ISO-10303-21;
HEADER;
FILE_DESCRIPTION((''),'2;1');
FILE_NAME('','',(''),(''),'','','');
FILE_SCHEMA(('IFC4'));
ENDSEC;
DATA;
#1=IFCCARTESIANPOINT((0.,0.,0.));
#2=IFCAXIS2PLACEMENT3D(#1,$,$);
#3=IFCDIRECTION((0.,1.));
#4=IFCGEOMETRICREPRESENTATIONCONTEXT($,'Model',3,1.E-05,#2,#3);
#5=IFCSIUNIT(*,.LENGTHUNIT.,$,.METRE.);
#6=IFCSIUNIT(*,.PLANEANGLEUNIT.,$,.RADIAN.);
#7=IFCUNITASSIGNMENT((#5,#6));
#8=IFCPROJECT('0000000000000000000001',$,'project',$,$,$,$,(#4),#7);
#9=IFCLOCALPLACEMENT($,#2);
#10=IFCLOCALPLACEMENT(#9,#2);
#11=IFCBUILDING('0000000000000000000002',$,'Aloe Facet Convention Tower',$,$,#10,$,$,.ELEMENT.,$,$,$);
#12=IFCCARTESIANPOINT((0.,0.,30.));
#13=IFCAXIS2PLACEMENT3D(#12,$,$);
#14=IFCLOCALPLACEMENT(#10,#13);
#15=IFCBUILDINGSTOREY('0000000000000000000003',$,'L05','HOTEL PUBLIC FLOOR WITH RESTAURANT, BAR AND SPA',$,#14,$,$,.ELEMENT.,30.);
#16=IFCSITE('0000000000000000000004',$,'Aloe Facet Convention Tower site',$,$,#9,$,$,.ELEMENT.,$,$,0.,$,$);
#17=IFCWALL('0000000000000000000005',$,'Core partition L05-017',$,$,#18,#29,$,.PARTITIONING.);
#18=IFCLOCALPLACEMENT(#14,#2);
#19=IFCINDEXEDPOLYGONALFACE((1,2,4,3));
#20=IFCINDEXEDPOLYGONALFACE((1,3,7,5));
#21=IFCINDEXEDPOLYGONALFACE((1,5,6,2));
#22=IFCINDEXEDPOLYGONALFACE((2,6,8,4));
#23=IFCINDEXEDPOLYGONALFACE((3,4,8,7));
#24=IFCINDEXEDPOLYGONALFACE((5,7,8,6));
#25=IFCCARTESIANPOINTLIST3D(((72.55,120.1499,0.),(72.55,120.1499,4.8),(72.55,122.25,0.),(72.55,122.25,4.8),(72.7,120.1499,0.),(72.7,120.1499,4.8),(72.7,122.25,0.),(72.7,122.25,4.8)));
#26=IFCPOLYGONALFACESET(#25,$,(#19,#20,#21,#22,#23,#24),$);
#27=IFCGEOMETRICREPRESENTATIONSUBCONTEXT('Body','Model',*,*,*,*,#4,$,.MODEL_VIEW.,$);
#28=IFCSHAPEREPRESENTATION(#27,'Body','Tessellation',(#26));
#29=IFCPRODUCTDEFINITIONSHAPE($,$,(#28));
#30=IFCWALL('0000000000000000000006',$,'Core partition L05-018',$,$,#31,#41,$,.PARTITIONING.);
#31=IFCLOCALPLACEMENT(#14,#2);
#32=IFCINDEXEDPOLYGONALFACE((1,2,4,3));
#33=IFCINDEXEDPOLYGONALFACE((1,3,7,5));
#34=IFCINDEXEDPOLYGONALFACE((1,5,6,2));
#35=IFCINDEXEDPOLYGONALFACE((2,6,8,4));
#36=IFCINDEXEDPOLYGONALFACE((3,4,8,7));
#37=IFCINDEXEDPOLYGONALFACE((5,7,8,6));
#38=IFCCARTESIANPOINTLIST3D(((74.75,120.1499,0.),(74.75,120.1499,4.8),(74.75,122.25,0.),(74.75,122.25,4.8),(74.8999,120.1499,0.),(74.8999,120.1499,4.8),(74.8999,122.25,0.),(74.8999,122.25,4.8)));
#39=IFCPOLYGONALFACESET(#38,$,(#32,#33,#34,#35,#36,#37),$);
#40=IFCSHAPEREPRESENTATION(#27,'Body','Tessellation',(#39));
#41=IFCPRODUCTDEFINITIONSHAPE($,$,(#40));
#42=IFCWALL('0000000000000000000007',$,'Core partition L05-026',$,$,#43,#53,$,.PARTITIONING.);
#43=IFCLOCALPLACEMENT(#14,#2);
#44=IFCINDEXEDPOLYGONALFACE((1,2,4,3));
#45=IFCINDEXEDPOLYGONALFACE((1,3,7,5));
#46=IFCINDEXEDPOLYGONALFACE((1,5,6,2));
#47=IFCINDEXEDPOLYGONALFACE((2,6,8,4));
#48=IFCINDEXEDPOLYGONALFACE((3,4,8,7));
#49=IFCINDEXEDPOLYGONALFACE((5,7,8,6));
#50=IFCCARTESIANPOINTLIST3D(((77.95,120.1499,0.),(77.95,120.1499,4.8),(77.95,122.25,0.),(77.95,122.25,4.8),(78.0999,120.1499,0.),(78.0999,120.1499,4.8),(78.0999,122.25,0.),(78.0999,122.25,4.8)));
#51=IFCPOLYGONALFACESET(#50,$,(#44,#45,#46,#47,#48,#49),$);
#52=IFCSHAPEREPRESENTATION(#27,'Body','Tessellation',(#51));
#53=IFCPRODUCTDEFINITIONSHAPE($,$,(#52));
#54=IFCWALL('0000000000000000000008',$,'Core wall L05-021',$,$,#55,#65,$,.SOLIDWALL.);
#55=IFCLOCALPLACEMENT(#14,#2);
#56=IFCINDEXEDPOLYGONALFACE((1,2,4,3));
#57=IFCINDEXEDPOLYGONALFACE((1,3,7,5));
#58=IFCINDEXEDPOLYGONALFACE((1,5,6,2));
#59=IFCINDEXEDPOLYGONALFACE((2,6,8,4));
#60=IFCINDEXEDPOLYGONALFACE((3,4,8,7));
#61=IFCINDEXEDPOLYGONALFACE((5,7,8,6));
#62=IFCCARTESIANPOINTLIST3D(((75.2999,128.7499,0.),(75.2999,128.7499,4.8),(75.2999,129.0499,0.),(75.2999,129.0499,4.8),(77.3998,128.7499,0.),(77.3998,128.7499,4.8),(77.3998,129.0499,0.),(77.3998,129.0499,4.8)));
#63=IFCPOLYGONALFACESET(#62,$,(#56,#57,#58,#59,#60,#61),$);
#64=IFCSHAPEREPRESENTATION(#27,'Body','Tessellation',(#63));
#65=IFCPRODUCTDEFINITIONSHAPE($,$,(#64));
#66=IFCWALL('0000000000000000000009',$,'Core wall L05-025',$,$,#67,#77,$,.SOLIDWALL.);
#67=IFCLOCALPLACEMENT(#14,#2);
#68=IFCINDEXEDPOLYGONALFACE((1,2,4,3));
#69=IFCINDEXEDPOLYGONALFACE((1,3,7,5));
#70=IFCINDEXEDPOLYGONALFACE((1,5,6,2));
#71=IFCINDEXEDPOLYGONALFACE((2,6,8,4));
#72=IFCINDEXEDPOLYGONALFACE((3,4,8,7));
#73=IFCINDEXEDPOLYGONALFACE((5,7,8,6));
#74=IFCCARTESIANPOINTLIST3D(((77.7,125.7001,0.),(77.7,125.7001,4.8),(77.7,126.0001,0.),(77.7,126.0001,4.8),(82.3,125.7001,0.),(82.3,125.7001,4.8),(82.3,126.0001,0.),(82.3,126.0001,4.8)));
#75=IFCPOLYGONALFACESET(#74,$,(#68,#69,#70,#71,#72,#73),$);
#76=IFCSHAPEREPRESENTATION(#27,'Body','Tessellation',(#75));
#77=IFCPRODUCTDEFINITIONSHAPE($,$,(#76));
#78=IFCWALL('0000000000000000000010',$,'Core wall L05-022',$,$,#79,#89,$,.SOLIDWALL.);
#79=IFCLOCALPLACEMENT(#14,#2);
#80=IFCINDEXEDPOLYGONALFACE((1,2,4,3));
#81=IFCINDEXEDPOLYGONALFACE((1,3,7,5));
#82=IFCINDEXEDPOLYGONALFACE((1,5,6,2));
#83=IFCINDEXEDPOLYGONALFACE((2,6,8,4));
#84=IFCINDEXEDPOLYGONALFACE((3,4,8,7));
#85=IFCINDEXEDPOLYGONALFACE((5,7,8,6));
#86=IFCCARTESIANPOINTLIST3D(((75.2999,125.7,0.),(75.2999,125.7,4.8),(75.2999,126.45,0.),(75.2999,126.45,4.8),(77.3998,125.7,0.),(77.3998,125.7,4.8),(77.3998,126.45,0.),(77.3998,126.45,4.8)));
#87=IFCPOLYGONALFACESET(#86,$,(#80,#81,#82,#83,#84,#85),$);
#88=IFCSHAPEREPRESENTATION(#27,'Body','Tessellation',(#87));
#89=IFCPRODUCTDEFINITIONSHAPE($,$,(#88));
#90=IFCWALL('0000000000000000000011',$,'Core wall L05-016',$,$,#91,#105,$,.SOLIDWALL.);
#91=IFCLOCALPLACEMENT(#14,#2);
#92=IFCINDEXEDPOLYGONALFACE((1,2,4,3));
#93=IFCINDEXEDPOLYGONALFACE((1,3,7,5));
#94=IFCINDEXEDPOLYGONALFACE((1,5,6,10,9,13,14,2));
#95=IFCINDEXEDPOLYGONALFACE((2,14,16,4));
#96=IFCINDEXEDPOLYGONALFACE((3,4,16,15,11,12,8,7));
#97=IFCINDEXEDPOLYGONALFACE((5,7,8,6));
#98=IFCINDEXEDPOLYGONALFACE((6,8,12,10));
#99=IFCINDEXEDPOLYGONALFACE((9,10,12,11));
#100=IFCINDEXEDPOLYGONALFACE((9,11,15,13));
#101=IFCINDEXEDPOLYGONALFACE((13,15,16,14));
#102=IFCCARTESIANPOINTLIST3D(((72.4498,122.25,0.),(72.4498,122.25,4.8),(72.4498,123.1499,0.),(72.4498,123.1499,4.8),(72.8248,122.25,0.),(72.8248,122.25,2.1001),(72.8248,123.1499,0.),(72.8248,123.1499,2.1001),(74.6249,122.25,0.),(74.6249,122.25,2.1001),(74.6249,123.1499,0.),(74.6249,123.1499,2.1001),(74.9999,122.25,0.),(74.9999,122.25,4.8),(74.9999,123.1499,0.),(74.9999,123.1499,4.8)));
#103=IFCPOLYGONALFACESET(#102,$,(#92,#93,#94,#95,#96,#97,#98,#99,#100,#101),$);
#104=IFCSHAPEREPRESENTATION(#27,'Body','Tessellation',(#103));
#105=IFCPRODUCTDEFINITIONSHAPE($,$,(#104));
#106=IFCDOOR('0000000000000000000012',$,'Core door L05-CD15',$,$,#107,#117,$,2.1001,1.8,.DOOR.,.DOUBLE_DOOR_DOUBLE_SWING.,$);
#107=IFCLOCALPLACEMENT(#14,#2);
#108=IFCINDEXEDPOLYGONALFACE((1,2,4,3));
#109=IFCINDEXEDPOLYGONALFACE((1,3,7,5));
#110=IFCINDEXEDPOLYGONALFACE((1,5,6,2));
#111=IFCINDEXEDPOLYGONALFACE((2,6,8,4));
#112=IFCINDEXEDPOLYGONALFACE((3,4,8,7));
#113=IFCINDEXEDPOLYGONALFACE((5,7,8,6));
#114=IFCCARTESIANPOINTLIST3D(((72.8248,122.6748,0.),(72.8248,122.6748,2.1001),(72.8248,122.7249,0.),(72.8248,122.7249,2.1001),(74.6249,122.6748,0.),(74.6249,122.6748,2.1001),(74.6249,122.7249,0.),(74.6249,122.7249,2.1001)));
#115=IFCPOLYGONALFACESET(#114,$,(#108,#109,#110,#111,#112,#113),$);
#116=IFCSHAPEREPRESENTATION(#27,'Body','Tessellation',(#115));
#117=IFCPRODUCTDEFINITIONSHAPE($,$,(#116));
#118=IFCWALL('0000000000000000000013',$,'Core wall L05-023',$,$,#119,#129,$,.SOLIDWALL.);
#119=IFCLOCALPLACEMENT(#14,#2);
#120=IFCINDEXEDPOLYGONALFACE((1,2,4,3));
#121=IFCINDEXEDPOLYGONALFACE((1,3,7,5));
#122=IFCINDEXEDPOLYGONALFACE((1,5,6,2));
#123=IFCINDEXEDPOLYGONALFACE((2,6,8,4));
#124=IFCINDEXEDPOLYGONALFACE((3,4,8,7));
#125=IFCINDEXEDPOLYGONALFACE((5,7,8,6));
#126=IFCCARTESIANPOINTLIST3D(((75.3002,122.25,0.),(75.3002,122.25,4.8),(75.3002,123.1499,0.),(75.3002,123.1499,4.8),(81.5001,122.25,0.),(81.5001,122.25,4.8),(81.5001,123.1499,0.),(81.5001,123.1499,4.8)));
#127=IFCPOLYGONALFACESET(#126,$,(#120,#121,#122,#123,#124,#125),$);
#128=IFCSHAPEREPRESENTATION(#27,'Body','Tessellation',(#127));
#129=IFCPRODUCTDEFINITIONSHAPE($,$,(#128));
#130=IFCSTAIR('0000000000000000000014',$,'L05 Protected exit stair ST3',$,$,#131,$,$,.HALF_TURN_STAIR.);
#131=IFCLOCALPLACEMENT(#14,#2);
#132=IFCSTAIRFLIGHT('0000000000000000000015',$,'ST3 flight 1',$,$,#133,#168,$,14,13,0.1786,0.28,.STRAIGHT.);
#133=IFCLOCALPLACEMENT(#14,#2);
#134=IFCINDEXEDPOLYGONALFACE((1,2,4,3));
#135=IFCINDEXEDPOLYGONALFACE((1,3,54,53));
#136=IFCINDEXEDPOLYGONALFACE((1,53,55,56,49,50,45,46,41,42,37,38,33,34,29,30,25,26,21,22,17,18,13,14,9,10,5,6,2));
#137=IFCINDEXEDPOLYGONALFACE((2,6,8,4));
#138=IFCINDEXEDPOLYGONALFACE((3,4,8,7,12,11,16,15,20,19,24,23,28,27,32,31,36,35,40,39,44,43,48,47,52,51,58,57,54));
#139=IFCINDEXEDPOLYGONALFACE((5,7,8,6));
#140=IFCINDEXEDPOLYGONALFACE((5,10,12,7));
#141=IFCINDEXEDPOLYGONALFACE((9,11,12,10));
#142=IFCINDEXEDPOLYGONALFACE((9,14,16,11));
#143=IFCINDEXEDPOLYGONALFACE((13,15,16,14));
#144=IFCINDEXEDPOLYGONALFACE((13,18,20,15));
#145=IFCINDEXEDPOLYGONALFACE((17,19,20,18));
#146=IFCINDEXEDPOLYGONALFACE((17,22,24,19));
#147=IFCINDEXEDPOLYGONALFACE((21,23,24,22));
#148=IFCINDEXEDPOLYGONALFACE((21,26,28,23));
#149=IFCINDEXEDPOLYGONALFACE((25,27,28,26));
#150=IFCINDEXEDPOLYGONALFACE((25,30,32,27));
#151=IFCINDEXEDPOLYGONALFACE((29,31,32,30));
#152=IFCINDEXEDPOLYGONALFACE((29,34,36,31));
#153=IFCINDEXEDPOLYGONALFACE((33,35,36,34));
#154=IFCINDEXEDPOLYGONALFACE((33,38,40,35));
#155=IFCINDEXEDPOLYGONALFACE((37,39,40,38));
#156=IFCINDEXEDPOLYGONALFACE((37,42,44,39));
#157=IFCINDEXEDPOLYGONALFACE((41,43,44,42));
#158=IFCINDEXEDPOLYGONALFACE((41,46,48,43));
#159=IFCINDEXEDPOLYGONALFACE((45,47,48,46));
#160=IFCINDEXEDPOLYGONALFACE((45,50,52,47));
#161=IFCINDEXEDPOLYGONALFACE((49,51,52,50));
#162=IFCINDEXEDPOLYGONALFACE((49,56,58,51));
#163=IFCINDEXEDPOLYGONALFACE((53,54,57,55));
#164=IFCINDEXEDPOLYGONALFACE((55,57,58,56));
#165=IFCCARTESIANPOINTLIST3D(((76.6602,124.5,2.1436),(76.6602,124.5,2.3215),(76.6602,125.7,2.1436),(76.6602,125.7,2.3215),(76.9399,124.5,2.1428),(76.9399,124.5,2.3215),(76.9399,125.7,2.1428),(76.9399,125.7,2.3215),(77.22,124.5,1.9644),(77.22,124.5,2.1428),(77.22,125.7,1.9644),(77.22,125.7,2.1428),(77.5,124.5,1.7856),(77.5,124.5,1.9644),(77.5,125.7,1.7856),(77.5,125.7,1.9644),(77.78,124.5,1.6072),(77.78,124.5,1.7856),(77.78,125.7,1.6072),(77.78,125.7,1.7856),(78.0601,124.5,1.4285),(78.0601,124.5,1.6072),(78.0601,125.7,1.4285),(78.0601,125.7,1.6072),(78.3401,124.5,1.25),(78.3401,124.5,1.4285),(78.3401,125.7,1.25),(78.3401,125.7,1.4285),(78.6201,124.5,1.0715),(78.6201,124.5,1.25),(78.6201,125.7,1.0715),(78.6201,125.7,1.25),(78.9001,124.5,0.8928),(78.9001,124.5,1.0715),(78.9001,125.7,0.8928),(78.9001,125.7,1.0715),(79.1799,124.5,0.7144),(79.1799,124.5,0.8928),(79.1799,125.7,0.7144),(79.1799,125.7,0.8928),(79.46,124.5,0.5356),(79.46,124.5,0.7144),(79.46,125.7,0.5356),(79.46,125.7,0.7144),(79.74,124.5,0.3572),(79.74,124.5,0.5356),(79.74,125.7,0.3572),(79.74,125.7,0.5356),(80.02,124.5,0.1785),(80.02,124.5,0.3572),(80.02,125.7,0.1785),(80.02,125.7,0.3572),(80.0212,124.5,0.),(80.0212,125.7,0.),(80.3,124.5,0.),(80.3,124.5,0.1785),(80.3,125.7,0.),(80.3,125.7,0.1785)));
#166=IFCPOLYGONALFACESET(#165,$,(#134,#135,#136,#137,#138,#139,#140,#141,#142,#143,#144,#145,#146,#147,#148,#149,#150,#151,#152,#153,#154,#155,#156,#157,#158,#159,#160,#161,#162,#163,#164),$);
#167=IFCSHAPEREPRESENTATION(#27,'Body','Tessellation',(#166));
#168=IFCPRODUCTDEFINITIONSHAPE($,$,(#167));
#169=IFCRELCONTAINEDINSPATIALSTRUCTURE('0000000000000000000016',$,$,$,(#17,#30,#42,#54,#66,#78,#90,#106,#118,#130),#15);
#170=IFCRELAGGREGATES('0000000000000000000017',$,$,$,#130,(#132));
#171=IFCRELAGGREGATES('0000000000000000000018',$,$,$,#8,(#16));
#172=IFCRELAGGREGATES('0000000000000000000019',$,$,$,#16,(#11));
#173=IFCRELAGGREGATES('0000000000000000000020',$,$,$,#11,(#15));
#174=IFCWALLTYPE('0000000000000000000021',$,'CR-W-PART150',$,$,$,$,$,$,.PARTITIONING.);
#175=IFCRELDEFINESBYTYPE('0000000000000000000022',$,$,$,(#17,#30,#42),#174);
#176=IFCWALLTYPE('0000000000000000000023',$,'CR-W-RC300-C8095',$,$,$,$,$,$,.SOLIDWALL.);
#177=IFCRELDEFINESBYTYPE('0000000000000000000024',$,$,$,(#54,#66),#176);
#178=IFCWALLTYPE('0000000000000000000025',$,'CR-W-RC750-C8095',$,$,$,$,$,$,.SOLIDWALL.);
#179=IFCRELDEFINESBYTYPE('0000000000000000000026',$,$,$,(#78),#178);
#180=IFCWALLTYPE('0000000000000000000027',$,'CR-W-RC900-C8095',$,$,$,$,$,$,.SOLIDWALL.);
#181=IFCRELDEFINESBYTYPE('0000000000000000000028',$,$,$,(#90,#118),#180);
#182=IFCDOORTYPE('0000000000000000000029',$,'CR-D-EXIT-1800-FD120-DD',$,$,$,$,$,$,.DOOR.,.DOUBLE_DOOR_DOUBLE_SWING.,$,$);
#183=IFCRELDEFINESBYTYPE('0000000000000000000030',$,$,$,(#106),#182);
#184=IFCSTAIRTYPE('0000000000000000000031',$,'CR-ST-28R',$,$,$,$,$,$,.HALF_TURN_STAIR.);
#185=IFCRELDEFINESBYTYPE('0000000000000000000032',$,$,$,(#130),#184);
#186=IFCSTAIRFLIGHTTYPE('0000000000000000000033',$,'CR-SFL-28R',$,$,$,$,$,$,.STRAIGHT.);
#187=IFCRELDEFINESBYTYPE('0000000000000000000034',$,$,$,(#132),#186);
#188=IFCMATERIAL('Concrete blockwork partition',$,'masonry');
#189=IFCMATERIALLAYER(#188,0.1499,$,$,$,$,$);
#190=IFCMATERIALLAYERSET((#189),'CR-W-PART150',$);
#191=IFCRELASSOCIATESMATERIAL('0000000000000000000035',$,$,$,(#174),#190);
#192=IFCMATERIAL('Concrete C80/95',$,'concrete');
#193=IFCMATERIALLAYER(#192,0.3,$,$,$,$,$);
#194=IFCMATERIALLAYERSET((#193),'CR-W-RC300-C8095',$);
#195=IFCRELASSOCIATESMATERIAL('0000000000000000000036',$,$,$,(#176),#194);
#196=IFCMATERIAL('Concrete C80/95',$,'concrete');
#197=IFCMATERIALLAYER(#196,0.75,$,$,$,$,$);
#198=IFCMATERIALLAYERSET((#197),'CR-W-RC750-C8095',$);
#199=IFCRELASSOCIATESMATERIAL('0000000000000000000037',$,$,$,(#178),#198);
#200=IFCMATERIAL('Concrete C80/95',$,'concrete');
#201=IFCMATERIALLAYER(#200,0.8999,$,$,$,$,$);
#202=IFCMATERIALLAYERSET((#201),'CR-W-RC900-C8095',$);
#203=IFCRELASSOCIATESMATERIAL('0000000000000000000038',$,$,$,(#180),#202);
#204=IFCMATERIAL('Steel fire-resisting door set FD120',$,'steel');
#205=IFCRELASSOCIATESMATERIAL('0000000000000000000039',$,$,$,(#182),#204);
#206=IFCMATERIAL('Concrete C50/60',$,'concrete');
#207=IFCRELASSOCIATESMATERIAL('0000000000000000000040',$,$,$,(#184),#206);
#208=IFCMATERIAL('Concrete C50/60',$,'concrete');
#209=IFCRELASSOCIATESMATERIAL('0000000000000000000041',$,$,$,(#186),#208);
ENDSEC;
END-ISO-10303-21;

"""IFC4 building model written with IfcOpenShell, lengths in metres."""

from ifc_helpers import new_model, si_unit, direction, frame, frame_2d, origin, place, context, subcontext, project, spatial, polyline, rectangle, outline, extrude, material, layer, layer_set, type_object, element, fill, aggregate, save


model = new_model("IFC4")

# Units and contexts
model_context = context("Model", 3, precision=1e-05, world=origin(), true_north=direction((0.0, 1.0)))
body_context = subcontext(model_context, "Body", "Model", "MODEL_VIEW")
ifc_project = project(units=[si_unit("LENGTHUNIT", "METRE"), si_unit("PLANEANGLEUNIT", "RADIAN")], contexts=[model_context])

# Site, building, storey
site_placement = place(None, origin())
site = spatial("IfcSite", under=ifc_project, at=site_placement, Name="Aloe Facet Convention Tower site", CompositionType="ELEMENT", RefElevation=0.0)
building_placement = place(site_placement, origin())
building = spatial("IfcBuilding", under=site, at=building_placement, Name="Aloe Facet Convention Tower", CompositionType="ELEMENT")
storey_placement = place(building_placement, frame((0.0, 0.0, 30.0)))
storey = spatial("IfcBuildingStorey", under=building, at=storey_placement, Name="L05", Description="HOTEL PUBLIC FLOOR WITH RESTAURANT, BAR AND SPA", CompositionType="ELEMENT", Elevation=30.0)

# Walls
ifc_material_1 = material(Name="Concrete blockwork partition", Category="masonry")
ifc_layer_1 = layer(ifc_material_1, 0.1499)
ifc_layer_set_1 = layer_set([ifc_layer_1], Name="CR-W-PART150")
wall_type_1 = type_object("IfcWallType", Name="CR-W-PART150", PredefinedType="PARTITIONING", material=ifc_layer_set_1)
for number, where, z_axis, x_axis, name in (
    (1, (72.625, 122.25, 0.0), (0.0, 0.0, 1.0), (0.0, -1.0, 0.0), "Core partition L05-017"),
    (2, (74.825, 122.25, 0.0), (0.0, 0.0, 1.0), (0.0, -1.0, 0.0), "Core partition L05-018"),
    (3, (78.0249, 122.25, 0.0), (0.0, 0.0, 1.0), (0.0, -1.0, 0.0), "Core partition L05-026"),
):
    element("IfcWall", number, at=place(storey_placement, frame(where, z_axis=z_axis, x_axis=x_axis)), inside=storey, type_object=wall_type_1, Name=name, PredefinedType="PARTITIONING", context=body_context, shape_type="SweptSolid", body=[
        extrude(rectangle(XDim=2.1001, YDim=0.1499, at=frame_2d((1.05, 0.0))), origin(), (0.0, 0.0, 1.0), 4.8),
    ])
ifc_material_2 = material(Name="Concrete C80/95", Category="concrete")
ifc_layer_2 = layer(ifc_material_2, 0.3)
ifc_layer_set_2 = layer_set([ifc_layer_2], Name="CR-W-RC300-C8095")
wall_type_2 = type_object("IfcWallType", Name="CR-W-RC300-C8095", PredefinedType="SOLIDWALL", material=ifc_layer_set_2)
wall_1_placement = place(storey_placement, frame((75.3, 128.8999, 0.0), z_axis=(0.0, 0.0, 1.0), x_axis=(1.0, 0.0, 0.0)))
element("IfcWall", 4, at=wall_1_placement, inside=storey, type_object=wall_type_2, Name="Core wall L05-021", PredefinedType="SOLIDWALL", context=body_context, shape_type="SweptSolid", body=[
    extrude(rectangle(XDim=2.0999, YDim=0.3, at=frame_2d((1.0498, 0.0))), origin(), (0.0, 0.0, 1.0), 4.8),
])
wall_2_placement = place(storey_placement, frame((77.7, 125.8501, 0.0), z_axis=(0.0, 0.0, 1.0), x_axis=(1.0, 0.0, 0.0)))
element("IfcWall", 5, at=wall_2_placement, inside=storey, type_object=wall_type_2, Name="Core wall L05-025", PredefinedType="SOLIDWALL", context=body_context, shape_type="SweptSolid", body=[
    extrude(rectangle(XDim=4.6001, YDim=0.3, at=frame_2d((2.3, 0.0))), origin(), (0.0, 0.0, 1.0), 4.8),
])
ifc_material_3 = material(Name="Concrete C80/95", Category="concrete")
ifc_layer_3 = layer(ifc_material_3, 0.75)
ifc_layer_set_3 = layer_set([ifc_layer_3], Name="CR-W-RC750-C8095")
wall_type_3 = type_object("IfcWallType", Name="CR-W-RC750-C8095", PredefinedType="SOLIDWALL", material=ifc_layer_set_3)
wall_3_placement = place(storey_placement, frame((75.3, 126.075, 0.0), z_axis=(0.0, 0.0, 1.0), x_axis=(1.0, 0.0, 0.0)))
element("IfcWall", 6, at=wall_3_placement, inside=storey, type_object=wall_type_3, Name="Core wall L05-022", PredefinedType="SOLIDWALL", context=body_context, shape_type="SweptSolid", body=[
    extrude(rectangle(XDim=2.0999, YDim=0.75, at=frame_2d((1.0498, 0.0))), origin(), (0.0, 0.0, 1.0), 4.8),
])

# Wall, opening, door
ifc_material_4 = material(Name="Concrete C80/95", Category="concrete")
ifc_layer_4 = layer(ifc_material_4, 0.8999)
ifc_layer_set_4 = layer_set([ifc_layer_4], Name="CR-W-RC900-C8095")
wall_type_4 = type_object("IfcWallType", Name="CR-W-RC900-C8095", PredefinedType="SOLIDWALL", material=ifc_layer_set_4)
wall_4_placement = place(storey_placement, frame((72.45, 122.7, 0.0), z_axis=(0.0, 0.0, 1.0), x_axis=(1.0, 0.0, 0.0)))
wall_4 = element("IfcWall", 7, at=wall_4_placement, inside=storey, type_object=wall_type_4, Name="Core wall L05-016", PredefinedType="SOLIDWALL", context=body_context, shape_type="SweptSolid", body=[
    extrude(rectangle(XDim=2.55, YDim=0.8999, at=frame_2d((1.2749, 0.0))), origin(), (0.0, 0.0, 1.0), 4.8),
])
opening_placement = place(wall_4_placement, frame((0.375, 0.0, 0.0)))
opening = element("IfcOpeningElement", 8, at=opening_placement, cuts=wall_4, PredefinedType="OPENING", context=body_context, shape_type="SweptSolid", body=[
    extrude(rectangle(XDim=1.8, YDim=2.1001, at=frame_2d((0.8999, 1.05))), frame((0.0, 0.46, 0.0), z_axis=(0.0, -1.0, 0.0), x_axis=(1.0, 0.0, 0.0)), (0.0, 0.0, 1.0), 0.9199),
])
ifc_material_5 = material(Name="Steel fire-resisting door set FD120", Category="steel")
door_type = type_object("IfcDoorType", Name="CR-D-EXIT-1800-FD120-DD", OperationType="DOUBLE_DOOR_DOUBLE_SWING", PredefinedType="DOOR", material=ifc_material_5)
door_placement = place(opening_placement, origin())
door = element("IfcDoor", 9, at=door_placement, inside=storey, type_object=door_type, Name="Core door L05-CD15", OperationType="DOUBLE_DOOR_DOUBLE_SWING", OverallHeight=2.1001, OverallWidth=1.8, PredefinedType="DOOR", context=body_context, shape_type="SweptSolid", body=[
    extrude(rectangle(XDim=1.8, YDim=2.1001, at=frame_2d((0.8999, 1.05))), frame((0.0, 0.0249, 0.0), z_axis=(0.0, -1.0, 0.0), x_axis=(1.0, 0.0, 0.0)), (0.0, 0.0, 1.0), 0.05),
])
fill(opening, door)

# Wall
wall_5_placement = place(storey_placement, frame((75.3, 122.7, 0.0), z_axis=(0.0, 0.0, 1.0), x_axis=(1.0, 0.0, 0.0)))
element("IfcWall", 10, at=wall_5_placement, inside=storey, type_object=wall_type_4, Name="Core wall L05-023", PredefinedType="SOLIDWALL", context=body_context, shape_type="SweptSolid", body=[
    extrude(rectangle(XDim=6.2, YDim=0.8999, at=frame_2d((3.1001, 0.0))), origin(), (0.0, 0.0, 1.0), 4.8),
])

# Stair, stair flight
ifc_material_6 = material(Name="Concrete C50/60", Category="concrete")
stair_type = type_object("IfcStairType", Name="CR-ST-28R", PredefinedType="HALF_TURN_STAIR", material=ifc_material_6)
stair_placement = place(storey_placement, origin())
stair = element("IfcStair", 11, at=stair_placement, inside=storey, type_object=stair_type, Name="L05 Protected exit stair ST3", PredefinedType="HALF_TURN_STAIR")
ifc_material_7 = material(Name="Concrete C50/60", Category="concrete")
stair_flight_type = type_object("IfcStairFlightType", Name="CR-SFL-28R", PredefinedType="STRAIGHT", material=ifc_material_7)
stair_flight_1_placement = place(storey_placement, frame((80.3, 125.1001, 0.0), z_axis=(0.0, 0.0, 1.0), x_axis=(-1.0, 0.0, 0.0)))
stair_flight_1 = element("IfcStairFlight", 12, at=stair_flight_1_placement, type_object=stair_flight_type, Name="ST3 flight 1", NumberOfRisers=14, NumberOfTreads=13, PredefinedType="STRAIGHT", RiserHeight=0.1786, TreadLength=0.28, context=body_context, shape_type="SweptSolid", body=[
    extrude(outline(polyline([(0.0, 0.0), (0.0, 0.1785), (0.28, 0.1785), (0.28, 0.3572), (0.5601, 0.3572), (0.5601, 0.5356), (0.8401, 0.5356), (0.8401, 0.7144), (1.1201, 0.7144), (1.1201, 0.8928), (1.3999, 0.8928), (1.3999, 1.0715), (1.6799, 1.0715), (1.6799, 1.25), (1.96, 1.25), (1.96, 1.4285), (2.24, 1.4285), (2.24, 1.6072), (2.52, 1.6072), (2.52, 1.7856), (2.8, 1.7856), (2.8, 1.9644), (3.0801, 1.9644), (3.0801, 2.1428), (3.3601, 2.1428), (3.3601, 2.3215), (3.6399, 2.3215), (3.6399, 2.5), (3.6399, 2.1436), (0.2788, 0.0), (0.0, 0.0)])), frame((0.0, 0.6001, 0.0), z_axis=(0.0, -1.0, 0.0), x_axis=(1.0, 0.0, 0.0)), (0.0, 0.0, 1.0), 1.2),
])
aggregate(stair, [stair_flight_1])

save(model, "model.ifc")
